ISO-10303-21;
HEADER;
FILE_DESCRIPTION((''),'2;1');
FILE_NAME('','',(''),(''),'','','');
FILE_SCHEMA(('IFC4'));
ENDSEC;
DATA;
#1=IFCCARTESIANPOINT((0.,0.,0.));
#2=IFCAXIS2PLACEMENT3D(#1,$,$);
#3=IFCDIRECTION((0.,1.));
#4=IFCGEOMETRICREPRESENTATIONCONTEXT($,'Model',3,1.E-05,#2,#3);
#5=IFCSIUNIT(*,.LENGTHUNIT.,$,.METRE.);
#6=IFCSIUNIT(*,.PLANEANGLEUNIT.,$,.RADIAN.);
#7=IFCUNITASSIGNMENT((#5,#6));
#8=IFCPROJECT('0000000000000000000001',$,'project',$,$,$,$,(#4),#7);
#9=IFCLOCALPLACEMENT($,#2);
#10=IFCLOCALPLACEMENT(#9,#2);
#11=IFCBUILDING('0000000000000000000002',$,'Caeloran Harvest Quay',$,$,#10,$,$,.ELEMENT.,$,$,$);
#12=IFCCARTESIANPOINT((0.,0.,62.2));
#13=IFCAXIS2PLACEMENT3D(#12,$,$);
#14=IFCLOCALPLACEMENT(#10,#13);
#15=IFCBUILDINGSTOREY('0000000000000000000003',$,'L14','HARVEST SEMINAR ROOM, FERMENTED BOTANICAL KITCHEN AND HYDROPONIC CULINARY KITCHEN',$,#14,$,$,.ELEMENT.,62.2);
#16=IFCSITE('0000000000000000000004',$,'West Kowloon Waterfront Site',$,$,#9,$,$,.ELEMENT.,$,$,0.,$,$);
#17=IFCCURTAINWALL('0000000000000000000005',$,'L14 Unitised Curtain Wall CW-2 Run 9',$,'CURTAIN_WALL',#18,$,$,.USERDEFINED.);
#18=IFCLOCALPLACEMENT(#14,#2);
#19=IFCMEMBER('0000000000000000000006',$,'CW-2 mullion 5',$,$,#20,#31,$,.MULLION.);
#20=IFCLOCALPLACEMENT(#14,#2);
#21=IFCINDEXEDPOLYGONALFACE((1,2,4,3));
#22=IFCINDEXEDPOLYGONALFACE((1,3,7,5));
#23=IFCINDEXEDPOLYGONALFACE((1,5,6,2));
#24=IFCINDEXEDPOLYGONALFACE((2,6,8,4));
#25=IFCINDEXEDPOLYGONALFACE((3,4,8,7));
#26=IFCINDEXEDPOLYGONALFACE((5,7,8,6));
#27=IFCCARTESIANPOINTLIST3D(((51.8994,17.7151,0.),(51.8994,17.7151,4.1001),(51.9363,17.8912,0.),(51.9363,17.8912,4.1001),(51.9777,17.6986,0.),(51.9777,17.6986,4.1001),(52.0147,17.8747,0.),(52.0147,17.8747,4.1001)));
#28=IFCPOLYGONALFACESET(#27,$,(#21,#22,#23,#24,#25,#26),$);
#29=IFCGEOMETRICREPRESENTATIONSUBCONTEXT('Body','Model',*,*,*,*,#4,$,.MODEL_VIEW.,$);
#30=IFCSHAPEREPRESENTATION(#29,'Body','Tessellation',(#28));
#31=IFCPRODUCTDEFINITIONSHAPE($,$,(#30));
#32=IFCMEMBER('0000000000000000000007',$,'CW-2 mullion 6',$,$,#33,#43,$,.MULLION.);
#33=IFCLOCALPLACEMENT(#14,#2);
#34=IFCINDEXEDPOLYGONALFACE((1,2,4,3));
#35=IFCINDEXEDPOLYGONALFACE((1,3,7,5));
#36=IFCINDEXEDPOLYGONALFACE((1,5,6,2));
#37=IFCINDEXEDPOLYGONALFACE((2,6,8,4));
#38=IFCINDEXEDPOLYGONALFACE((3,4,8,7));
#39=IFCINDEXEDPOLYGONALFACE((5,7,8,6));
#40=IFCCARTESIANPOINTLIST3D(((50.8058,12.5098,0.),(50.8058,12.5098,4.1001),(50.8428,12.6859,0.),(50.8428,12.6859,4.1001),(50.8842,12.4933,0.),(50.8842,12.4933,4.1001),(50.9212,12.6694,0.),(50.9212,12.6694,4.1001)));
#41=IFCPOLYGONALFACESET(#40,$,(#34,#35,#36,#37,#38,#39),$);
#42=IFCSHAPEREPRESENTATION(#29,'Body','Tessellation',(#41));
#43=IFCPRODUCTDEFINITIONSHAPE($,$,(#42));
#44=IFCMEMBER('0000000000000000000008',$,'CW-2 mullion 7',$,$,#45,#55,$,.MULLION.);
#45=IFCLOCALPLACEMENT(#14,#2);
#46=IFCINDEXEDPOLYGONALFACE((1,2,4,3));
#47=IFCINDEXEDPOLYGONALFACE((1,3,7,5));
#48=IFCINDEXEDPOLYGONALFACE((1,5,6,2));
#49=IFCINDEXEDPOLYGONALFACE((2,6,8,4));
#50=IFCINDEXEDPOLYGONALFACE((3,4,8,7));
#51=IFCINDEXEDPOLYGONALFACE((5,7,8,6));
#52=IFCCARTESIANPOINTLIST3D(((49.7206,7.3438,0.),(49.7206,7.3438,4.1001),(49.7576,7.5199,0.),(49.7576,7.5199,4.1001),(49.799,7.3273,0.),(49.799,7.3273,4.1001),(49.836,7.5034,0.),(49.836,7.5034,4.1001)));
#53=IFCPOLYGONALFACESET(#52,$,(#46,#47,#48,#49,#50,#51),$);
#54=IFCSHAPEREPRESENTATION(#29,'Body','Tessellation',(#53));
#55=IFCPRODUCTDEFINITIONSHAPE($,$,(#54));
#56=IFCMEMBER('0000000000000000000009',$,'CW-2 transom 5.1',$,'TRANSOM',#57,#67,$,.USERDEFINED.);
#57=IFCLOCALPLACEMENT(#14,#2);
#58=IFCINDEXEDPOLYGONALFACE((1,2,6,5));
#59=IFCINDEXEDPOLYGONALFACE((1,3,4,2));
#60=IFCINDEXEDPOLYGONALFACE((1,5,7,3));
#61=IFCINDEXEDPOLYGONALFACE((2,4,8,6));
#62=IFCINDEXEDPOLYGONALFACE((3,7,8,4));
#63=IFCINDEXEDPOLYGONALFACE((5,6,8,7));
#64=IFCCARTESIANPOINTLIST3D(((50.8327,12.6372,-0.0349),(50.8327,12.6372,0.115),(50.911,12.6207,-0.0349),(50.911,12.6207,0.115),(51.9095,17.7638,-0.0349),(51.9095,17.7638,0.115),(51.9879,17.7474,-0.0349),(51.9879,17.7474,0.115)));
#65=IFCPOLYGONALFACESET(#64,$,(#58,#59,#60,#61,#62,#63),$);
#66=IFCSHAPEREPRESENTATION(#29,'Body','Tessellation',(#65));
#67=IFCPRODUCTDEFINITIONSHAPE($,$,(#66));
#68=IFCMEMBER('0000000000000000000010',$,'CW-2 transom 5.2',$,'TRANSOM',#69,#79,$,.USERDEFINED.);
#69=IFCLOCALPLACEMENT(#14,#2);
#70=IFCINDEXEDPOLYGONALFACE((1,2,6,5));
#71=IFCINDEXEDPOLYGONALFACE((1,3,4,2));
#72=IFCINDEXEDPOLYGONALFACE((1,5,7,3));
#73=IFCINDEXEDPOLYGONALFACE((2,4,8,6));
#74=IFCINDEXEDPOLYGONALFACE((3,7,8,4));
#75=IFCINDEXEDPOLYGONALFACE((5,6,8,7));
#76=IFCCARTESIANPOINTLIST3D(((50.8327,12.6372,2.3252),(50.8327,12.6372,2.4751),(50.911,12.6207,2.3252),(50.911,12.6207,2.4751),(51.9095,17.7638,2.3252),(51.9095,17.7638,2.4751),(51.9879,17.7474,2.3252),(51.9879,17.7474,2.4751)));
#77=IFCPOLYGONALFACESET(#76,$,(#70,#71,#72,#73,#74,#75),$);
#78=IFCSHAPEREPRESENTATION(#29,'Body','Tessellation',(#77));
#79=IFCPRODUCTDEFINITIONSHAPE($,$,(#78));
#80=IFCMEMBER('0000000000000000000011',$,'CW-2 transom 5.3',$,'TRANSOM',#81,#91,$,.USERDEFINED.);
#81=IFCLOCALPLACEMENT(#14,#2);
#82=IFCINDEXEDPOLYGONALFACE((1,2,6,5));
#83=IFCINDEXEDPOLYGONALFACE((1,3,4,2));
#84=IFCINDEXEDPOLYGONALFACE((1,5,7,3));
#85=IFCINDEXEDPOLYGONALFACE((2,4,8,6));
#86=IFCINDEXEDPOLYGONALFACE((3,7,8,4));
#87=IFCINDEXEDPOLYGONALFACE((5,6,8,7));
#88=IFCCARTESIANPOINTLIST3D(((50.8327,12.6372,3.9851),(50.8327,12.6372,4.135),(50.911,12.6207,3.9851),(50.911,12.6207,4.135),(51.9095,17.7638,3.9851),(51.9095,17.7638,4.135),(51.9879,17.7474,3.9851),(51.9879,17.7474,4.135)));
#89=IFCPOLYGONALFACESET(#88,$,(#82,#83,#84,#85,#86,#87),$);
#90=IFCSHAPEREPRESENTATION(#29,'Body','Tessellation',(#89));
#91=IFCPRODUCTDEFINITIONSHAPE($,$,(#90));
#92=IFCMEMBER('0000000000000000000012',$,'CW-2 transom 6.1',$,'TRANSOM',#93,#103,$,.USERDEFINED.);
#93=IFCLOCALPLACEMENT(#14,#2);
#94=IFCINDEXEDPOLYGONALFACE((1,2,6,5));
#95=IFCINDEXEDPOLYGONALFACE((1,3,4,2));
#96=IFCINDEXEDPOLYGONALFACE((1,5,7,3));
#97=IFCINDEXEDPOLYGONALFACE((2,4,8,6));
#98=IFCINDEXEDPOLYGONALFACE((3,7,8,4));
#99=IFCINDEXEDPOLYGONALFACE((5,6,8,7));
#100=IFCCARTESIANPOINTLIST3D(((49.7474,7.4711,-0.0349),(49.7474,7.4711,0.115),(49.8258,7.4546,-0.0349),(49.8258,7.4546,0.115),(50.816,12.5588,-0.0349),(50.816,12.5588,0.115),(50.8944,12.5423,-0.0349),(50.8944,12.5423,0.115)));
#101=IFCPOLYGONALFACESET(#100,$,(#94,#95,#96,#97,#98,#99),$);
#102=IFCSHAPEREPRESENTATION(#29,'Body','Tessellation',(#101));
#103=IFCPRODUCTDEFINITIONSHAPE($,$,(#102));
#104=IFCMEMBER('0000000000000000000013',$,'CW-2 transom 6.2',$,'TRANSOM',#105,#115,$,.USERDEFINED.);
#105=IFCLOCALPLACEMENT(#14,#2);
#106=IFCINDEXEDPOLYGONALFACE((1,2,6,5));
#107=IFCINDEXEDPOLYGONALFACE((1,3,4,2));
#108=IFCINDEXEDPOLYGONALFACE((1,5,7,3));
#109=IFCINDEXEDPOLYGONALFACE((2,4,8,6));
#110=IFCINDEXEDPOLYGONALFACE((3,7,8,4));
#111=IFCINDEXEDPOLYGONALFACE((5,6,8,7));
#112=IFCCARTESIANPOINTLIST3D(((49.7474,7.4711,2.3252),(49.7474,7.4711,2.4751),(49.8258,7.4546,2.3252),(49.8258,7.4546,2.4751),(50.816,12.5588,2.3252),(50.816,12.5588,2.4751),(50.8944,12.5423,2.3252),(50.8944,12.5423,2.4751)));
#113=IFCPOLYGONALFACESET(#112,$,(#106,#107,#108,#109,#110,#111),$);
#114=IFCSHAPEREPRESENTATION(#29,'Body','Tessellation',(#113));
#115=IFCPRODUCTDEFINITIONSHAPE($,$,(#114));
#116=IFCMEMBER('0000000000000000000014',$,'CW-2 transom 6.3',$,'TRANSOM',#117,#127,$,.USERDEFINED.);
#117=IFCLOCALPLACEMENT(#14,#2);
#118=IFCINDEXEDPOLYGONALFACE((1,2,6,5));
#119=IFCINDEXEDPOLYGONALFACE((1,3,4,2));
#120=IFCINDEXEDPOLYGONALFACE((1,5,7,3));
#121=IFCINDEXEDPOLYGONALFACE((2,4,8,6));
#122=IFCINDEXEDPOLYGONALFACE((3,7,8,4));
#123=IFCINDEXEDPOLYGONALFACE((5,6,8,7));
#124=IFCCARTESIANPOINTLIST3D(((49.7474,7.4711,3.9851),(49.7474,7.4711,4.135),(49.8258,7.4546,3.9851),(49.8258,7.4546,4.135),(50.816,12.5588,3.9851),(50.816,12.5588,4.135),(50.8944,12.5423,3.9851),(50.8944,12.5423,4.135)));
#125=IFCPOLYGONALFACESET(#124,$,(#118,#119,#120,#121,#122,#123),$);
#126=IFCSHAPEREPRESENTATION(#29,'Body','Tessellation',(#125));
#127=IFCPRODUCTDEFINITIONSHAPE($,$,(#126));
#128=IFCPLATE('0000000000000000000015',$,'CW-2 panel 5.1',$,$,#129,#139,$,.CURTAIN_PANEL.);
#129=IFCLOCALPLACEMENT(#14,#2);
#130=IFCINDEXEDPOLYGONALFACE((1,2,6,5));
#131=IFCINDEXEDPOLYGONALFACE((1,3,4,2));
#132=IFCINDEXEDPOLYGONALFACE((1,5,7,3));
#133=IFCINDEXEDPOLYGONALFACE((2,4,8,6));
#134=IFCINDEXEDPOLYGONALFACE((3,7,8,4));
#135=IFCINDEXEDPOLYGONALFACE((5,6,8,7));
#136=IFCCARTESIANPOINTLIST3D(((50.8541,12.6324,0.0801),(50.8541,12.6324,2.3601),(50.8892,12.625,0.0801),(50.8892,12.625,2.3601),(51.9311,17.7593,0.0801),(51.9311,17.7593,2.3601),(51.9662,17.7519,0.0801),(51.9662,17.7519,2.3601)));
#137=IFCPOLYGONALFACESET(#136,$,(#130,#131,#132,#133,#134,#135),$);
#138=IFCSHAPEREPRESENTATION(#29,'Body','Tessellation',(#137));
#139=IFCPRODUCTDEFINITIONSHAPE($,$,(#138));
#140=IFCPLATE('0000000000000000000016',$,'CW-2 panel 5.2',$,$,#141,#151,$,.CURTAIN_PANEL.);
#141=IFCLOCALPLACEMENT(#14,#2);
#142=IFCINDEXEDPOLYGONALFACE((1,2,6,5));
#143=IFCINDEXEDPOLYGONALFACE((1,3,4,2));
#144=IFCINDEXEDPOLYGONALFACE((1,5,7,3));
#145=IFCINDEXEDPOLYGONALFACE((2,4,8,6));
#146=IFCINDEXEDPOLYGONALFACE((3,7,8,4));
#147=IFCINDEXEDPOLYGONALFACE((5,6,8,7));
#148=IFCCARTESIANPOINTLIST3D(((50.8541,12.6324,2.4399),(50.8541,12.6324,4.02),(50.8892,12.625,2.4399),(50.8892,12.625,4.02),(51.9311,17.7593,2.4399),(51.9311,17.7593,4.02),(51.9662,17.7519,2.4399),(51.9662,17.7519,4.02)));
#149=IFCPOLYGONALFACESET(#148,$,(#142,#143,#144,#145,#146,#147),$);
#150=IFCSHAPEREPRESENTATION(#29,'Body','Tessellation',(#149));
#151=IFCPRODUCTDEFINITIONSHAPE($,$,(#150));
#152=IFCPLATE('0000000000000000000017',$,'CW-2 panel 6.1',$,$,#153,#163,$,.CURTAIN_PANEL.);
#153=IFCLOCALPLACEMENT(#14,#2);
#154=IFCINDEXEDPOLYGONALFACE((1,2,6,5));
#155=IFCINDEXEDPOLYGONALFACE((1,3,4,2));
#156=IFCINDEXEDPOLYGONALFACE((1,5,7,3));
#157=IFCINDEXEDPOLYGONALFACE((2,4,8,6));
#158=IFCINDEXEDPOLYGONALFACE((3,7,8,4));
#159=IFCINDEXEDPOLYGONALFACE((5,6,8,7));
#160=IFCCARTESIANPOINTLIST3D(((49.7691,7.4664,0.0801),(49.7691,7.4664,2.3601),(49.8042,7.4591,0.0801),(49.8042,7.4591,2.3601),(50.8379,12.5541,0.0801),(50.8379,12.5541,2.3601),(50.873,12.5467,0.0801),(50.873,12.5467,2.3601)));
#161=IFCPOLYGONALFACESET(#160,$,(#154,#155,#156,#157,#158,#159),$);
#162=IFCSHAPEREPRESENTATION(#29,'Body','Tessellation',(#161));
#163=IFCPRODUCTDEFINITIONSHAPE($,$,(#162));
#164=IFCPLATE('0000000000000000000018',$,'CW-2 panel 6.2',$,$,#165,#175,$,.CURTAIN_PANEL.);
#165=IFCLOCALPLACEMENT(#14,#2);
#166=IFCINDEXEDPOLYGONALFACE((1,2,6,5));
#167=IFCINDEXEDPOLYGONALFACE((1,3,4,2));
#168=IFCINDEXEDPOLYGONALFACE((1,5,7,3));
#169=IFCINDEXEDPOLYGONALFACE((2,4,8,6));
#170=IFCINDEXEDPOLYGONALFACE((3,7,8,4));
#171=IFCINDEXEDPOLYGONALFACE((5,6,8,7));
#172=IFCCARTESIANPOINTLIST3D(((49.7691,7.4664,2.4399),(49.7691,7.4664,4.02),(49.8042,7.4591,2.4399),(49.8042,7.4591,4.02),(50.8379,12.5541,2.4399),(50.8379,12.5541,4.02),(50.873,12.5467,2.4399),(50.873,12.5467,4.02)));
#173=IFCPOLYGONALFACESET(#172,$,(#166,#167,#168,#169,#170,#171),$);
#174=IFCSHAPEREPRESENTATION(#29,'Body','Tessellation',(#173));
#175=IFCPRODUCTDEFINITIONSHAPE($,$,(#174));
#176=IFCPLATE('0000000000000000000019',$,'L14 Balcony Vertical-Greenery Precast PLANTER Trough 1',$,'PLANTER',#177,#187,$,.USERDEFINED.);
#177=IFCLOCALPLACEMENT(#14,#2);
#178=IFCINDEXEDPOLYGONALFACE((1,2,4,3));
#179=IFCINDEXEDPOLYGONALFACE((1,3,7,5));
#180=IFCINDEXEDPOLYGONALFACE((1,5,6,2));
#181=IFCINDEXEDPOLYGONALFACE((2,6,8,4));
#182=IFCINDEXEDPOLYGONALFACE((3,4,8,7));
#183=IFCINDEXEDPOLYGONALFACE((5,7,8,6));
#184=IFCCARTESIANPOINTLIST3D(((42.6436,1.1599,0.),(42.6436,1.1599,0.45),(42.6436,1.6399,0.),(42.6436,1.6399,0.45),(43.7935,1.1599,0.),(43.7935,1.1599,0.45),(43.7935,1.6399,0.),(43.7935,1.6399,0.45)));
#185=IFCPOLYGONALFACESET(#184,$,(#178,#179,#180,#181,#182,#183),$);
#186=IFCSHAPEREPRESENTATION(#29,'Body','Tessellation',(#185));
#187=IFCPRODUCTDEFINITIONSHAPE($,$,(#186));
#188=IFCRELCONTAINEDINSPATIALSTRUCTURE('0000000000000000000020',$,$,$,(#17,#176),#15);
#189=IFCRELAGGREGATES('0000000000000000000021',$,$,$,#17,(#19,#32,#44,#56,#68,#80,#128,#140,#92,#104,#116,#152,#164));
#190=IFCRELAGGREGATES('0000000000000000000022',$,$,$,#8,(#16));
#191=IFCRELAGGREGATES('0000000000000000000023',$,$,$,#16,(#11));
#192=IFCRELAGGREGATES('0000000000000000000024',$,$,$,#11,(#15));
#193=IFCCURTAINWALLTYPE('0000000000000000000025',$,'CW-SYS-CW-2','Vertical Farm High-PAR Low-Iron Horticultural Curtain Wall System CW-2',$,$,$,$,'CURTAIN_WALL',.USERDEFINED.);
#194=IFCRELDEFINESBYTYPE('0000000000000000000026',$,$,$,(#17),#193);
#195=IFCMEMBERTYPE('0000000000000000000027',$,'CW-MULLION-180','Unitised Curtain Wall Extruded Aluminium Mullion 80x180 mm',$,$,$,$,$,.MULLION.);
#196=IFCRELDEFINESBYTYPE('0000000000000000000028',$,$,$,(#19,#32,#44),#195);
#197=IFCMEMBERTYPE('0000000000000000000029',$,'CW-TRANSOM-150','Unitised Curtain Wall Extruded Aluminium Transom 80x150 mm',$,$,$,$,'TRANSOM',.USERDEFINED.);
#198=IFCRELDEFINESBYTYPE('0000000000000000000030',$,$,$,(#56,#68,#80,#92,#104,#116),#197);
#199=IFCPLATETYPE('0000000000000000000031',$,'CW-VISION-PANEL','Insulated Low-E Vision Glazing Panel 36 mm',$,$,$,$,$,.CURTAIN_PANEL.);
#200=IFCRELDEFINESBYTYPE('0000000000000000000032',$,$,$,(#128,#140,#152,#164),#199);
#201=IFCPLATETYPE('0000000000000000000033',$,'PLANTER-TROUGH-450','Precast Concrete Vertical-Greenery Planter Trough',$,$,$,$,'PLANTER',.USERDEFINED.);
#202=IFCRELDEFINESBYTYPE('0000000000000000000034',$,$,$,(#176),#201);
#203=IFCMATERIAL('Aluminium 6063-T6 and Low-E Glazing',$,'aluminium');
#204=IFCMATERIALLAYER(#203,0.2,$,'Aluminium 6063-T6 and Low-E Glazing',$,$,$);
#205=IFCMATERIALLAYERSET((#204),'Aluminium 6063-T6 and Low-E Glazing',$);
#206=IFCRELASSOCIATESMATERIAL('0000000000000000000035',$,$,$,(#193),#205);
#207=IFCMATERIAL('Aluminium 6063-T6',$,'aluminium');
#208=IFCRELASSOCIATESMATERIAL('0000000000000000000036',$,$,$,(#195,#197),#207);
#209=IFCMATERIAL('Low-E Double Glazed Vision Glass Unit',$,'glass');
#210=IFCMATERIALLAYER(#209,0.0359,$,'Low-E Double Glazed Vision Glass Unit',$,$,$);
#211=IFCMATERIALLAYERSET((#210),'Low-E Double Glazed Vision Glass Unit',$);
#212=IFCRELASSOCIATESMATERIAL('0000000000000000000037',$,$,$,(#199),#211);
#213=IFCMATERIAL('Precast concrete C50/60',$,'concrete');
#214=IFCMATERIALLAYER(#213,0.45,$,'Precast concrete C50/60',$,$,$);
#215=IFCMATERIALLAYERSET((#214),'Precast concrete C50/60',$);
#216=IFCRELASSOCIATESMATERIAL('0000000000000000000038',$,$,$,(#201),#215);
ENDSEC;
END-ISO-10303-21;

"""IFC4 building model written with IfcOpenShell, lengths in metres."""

from ifc_helpers import new_model, si_unit, direction, frame, origin, origin_2d, place, context, subcontext, project, spatial, rectangle, extrude, material, layer, layer_set, material_profile, profile_set, type_object, element, aggregate, save


model = new_model("IFC4")

# Units and contexts
model_context = context("Model", 3, precision=1e-05, world=origin(), true_north=direction((0.0, 1.0)))
body_context = subcontext(model_context, "Body", "Model", "MODEL_VIEW")
ifc_project = project(units=[si_unit("LENGTHUNIT", "METRE"), si_unit("PLANEANGLEUNIT", "RADIAN")], contexts=[model_context])

# Site, building, storey
site_placement = place(None, origin())
site = spatial("IfcSite", under=ifc_project, at=site_placement, Name="West Kowloon Waterfront Site", CompositionType="ELEMENT", RefElevation=0.0)
building_placement = place(site_placement, origin())
building = spatial("IfcBuilding", under=site, at=building_placement, Name="Caeloran Harvest Quay", CompositionType="ELEMENT")
storey_placement = place(building_placement, frame((0.0, 0.0, 62.2)))
storey = spatial("IfcBuildingStorey", under=building, at=storey_placement, Name="L14", Description="HARVEST SEMINAR ROOM, FERMENTED BOTANICAL KITCHEN AND HYDROPONIC CULINARY KITCHEN", CompositionType="ELEMENT", Elevation=62.2)

# Curtain wall, members, plates
ifc_material_1 = material(Name="Aluminium 6063-T6 and Low-E Glazing", Category="aluminium")
ifc_layer_1 = layer(ifc_material_1, 0.2, Name="Aluminium 6063-T6 and Low-E Glazing")
ifc_layer_set_1 = layer_set([ifc_layer_1], Name="Aluminium 6063-T6 and Low-E Glazing")
curtain_wall_type = type_object("IfcCurtainWallType", Name="CW-SYS-CW-2", Description="Vertical Farm High-PAR Low-Iron Horticultural Curtain Wall System CW-2", ElementType="CURTAIN_WALL", PredefinedType="USERDEFINED", material=ifc_layer_set_1)
curtain_wall_placement = place(storey_placement, origin())
curtain_wall = element("IfcCurtainWall", 1, at=curtain_wall_placement, inside=storey, type_object=curtain_wall_type, Name="L14 Unitised Curtain Wall CW-2 Run 9", ObjectType="CURTAIN_WALL", PredefinedType="USERDEFINED")
ifc_material_2 = material(Name="Aluminium 6063-T6", Category="aluminium")
ifc_material_profile_1 = material_profile(ifc_material_2, rectangle(XDim=0.0801, YDim=0.1799, at=origin_2d()), Name="CW-MULLION-180")
ifc_profile_set_1 = profile_set([ifc_material_profile_1], Name="Aluminium 6063-T6")
member_type_1 = type_object("IfcMemberType", Name="CW-MULLION-180", Description="Unitised Curtain Wall Extruded Aluminium Mullion 80x180 mm", PredefinedType="MULLION", material=ifc_profile_set_1)
member_1_placement = place(storey_placement, frame((51.957, 17.7949, 0.0), z_axis=(0.0, 0.0, 1.0), x_axis=(0.97864, -0.205583, 0.0)))
member_1 = element("IfcMember", 2, at=member_1_placement, type_object=member_type_1, Name="CW-2 mullion 5", PredefinedType="MULLION", context=body_context, shape_type="SweptSolid", body=[
    extrude(rectangle(XDim=0.0801, YDim=0.1799, at=origin_2d()), origin(), (0.0, 0.0, 1.0), 4.1001),
])
member_2_placement = place(storey_placement, frame((50.8635, 12.5896, 0.0), z_axis=(0.0, 0.0, 1.0), x_axis=(0.97864, -0.205583, 0.0)))
member_2 = element("IfcMember", 3, at=member_2_placement, type_object=member_type_1, Name="CW-2 mullion 6", PredefinedType="MULLION", context=body_context, shape_type="SweptSolid", body=[
    extrude(rectangle(XDim=0.0801, YDim=0.1799, at=origin_2d()), origin(), (0.0, 0.0, 1.0), 4.1001),
])
member_3_placement = place(storey_placement, frame((49.7783, 7.4236, 0.0), z_axis=(0.0, 0.0, 1.0), x_axis=(0.97864, -0.205583, 0.0)))
member_3 = element("IfcMember", 4, at=member_3_placement, type_object=member_type_1, Name="CW-2 mullion 7", PredefinedType="MULLION", context=body_context, shape_type="SweptSolid", body=[
    extrude(rectangle(XDim=0.0801, YDim=0.1799, at=origin_2d()), origin(), (0.0, 0.0, 1.0), 4.1001),
])
ifc_material_profile_2 = material_profile(ifc_material_2, rectangle(XDim=0.0801, YDim=0.1499, at=origin_2d()), Name="CW-TRANSOM-150")
ifc_profile_set_2 = profile_set([ifc_material_profile_2], Name="Aluminium 6063-T6")
member_type_2 = type_object("IfcMemberType", Name="CW-TRANSOM-150", Description="Unitised Curtain Wall Extruded Aluminium Transom 80x150 mm", ElementType="TRANSOM", PredefinedType="USERDEFINED", material=ifc_profile_set_2)
member_4_placement = place(storey_placement, frame((51.9487, 17.7556, 0.04), z_axis=(-0.205571, -0.978642, 0.0), x_axis=(0.978642, -0.205571, 0.0)))
member_4 = element("IfcMember", 5, at=member_4_placement, type_object=member_type_2, Name="CW-2 transom 5.1", ObjectType="TRANSOM", PredefinedType="USERDEFINED", context=body_context, shape_type="SweptSolid", body=[
    extrude(rectangle(XDim=0.0801, YDim=0.1499, at=origin_2d()), origin(), (0.0, 0.0, 1.0), 5.2385),
])
member_5_placement = place(storey_placement, frame((51.9487, 17.7556, 2.4001), z_axis=(-0.205571, -0.978642, 0.0), x_axis=(0.978642, -0.205571, 0.0)))
member_5 = element("IfcMember", 6, at=member_5_placement, type_object=member_type_2, Name="CW-2 transom 5.2", ObjectType="TRANSOM", PredefinedType="USERDEFINED", context=body_context, shape_type="SweptSolid", body=[
    extrude(rectangle(XDim=0.0801, YDim=0.1499, at=origin_2d()), origin(), (0.0, 0.0, 1.0), 5.2385),
])
member_6_placement = place(storey_placement, frame((51.9487, 17.7556, 4.0601), z_axis=(-0.205571, -0.978642, 0.0), x_axis=(0.978642, -0.205571, 0.0)))
member_6 = element("IfcMember", 7, at=member_6_placement, type_object=member_type_2, Name="CW-2 transom 5.3", ObjectType="TRANSOM", PredefinedType="USERDEFINED", context=body_context, shape_type="SweptSolid", body=[
    extrude(rectangle(XDim=0.0801, YDim=0.1499, at=origin_2d()), origin(), (0.0, 0.0, 1.0), 5.2385),
])
member_7_placement = place(storey_placement, frame((50.8552, 12.5505, 0.04), z_axis=(-0.205554, -0.978646, 0.0), x_axis=(0.978646, -0.205554, 0.0)))
member_7 = element("IfcMember", 8, at=member_7_placement, type_object=member_type_2, Name="CW-2 transom 6.1", ObjectType="TRANSOM", PredefinedType="USERDEFINED", context=body_context, shape_type="SweptSolid", body=[
    extrude(rectangle(XDim=0.0801, YDim=0.1499, at=origin_2d()), origin(), (0.0, 0.0, 1.0), 5.1987),
])
member_8_placement = place(storey_placement, frame((50.8552, 12.5505, 2.4001), z_axis=(-0.205554, -0.978646, 0.0), x_axis=(0.978646, -0.205554, 0.0)))
member_8 = element("IfcMember", 9, at=member_8_placement, type_object=member_type_2, Name="CW-2 transom 6.2", ObjectType="TRANSOM", PredefinedType="USERDEFINED", context=body_context, shape_type="SweptSolid", body=[
    extrude(rectangle(XDim=0.0801, YDim=0.1499, at=origin_2d()), origin(), (0.0, 0.0, 1.0), 5.1987),
])
member_9_placement = place(storey_placement, frame((50.8552, 12.5505, 4.0601), z_axis=(-0.205554, -0.978646, 0.0), x_axis=(0.978646, -0.205554, 0.0)))
member_9 = element("IfcMember", 10, at=member_9_placement, type_object=member_type_2, Name="CW-2 transom 6.3", ObjectType="TRANSOM", PredefinedType="USERDEFINED", context=body_context, shape_type="SweptSolid", body=[
    extrude(rectangle(XDim=0.0801, YDim=0.1499, at=origin_2d()), origin(), (0.0, 0.0, 1.0), 5.1987),
])
ifc_material_3 = material(Name="Low-E Double Glazed Vision Glass Unit", Category="glass")
ifc_layer_2 = layer(ifc_material_3, 0.0359, Name="Low-E Double Glazed Vision Glass Unit")
ifc_layer_set_2 = layer_set([ifc_layer_2], Name="Low-E Double Glazed Vision Glass Unit")
plate_type_1 = type_object("IfcPlateType", Name="CW-VISION-PANEL", Description="Insulated Low-E Vision Glazing Panel 36 mm", PredefinedType="CURTAIN_PANEL", material=ifc_layer_set_2)
plate_1_placement = place(storey_placement, frame((51.4102, 15.1921, 0.0801), z_axis=(0.0, 0.0, 1.0), x_axis=(-0.205583, -0.97864, 0.0)))
plate_1 = element("IfcPlate", 11, at=plate_1_placement, type_object=plate_type_1, Name="CW-2 panel 5.1", PredefinedType="CURTAIN_PANEL", context=body_context, shape_type="SweptSolid", body=[
    extrude(rectangle(XDim=5.2388, YDim=0.0359, at=origin_2d()), origin(), (0.0, 0.0, 1.0), 2.28),
])
plate_2_placement = place(storey_placement, frame((51.4102, 15.1921, 2.4399), z_axis=(0.0, 0.0, 1.0), x_axis=(-0.205583, -0.97864, 0.0)))
plate_2 = element("IfcPlate", 12, at=plate_2_placement, type_object=plate_type_1, Name="CW-2 panel 5.2", PredefinedType="CURTAIN_PANEL", context=body_context, shape_type="SweptSolid", body=[
    extrude(rectangle(XDim=5.2388, YDim=0.0359, at=origin_2d()), origin(), (0.0, 0.0, 1.0), 1.5801),
])
plate_3_placement = place(storey_placement, frame((50.321, 10.0066, 0.0801), z_axis=(0.0, 0.0, 1.0), x_axis=(-0.205583, -0.97864, 0.0)))
plate_3 = element("IfcPlate", 13, at=plate_3_placement, type_object=plate_type_1, Name="CW-2 panel 6.1", PredefinedType="CURTAIN_PANEL", context=body_context, shape_type="SweptSolid", body=[
    extrude(rectangle(XDim=5.1987, YDim=0.0359, at=origin_2d()), origin(), (0.0, 0.0, 1.0), 2.28),
])
plate_4_placement = place(storey_placement, frame((50.321, 10.0066, 2.4399), z_axis=(0.0, 0.0, 1.0), x_axis=(-0.205583, -0.97864, 0.0)))
plate_4 = element("IfcPlate", 14, at=plate_4_placement, type_object=plate_type_1, Name="CW-2 panel 6.2", PredefinedType="CURTAIN_PANEL", context=body_context, shape_type="SweptSolid", body=[
    extrude(rectangle(XDim=5.1987, YDim=0.0359, at=origin_2d()), origin(), (0.0, 0.0, 1.0), 1.5801),
])
aggregate(curtain_wall, [member_1, member_2, member_3, member_4, member_5, member_6, plate_1, plate_2, member_7, member_8, member_9, plate_3, plate_4])

# Plate
ifc_material_4 = material(Name="Precast concrete C50/60", Category="concrete")
ifc_layer_3 = layer(ifc_material_4, 0.45, Name="Precast concrete C50/60")
ifc_layer_set_3 = layer_set([ifc_layer_3], Name="Precast concrete C50/60")
plate_type_2 = type_object("IfcPlateType", Name="PLANTER-TROUGH-450", Description="Precast Concrete Vertical-Greenery Planter Trough", ElementType="PLANTER", PredefinedType="USERDEFINED", material=ifc_layer_set_3)
plate_5_placement = place(storey_placement, frame((43.2185, 1.3999, 0.0), z_axis=(0.0, 0.0, 1.0), x_axis=(1.0, 0.0, 0.0)))
element("IfcPlate", 15, at=plate_5_placement, inside=storey, type_object=plate_type_2, Name="L14 Balcony Vertical-Greenery Precast PLANTER Trough 1", ObjectType="PLANTER", PredefinedType="USERDEFINED", context=body_context, shape_type="SweptSolid", body=[
    extrude(rectangle(XDim=1.1499, YDim=0.48, at=origin_2d()), origin(), (0.0, 0.0, 1.0), 0.45),
])

save(model, "model.ifc")
